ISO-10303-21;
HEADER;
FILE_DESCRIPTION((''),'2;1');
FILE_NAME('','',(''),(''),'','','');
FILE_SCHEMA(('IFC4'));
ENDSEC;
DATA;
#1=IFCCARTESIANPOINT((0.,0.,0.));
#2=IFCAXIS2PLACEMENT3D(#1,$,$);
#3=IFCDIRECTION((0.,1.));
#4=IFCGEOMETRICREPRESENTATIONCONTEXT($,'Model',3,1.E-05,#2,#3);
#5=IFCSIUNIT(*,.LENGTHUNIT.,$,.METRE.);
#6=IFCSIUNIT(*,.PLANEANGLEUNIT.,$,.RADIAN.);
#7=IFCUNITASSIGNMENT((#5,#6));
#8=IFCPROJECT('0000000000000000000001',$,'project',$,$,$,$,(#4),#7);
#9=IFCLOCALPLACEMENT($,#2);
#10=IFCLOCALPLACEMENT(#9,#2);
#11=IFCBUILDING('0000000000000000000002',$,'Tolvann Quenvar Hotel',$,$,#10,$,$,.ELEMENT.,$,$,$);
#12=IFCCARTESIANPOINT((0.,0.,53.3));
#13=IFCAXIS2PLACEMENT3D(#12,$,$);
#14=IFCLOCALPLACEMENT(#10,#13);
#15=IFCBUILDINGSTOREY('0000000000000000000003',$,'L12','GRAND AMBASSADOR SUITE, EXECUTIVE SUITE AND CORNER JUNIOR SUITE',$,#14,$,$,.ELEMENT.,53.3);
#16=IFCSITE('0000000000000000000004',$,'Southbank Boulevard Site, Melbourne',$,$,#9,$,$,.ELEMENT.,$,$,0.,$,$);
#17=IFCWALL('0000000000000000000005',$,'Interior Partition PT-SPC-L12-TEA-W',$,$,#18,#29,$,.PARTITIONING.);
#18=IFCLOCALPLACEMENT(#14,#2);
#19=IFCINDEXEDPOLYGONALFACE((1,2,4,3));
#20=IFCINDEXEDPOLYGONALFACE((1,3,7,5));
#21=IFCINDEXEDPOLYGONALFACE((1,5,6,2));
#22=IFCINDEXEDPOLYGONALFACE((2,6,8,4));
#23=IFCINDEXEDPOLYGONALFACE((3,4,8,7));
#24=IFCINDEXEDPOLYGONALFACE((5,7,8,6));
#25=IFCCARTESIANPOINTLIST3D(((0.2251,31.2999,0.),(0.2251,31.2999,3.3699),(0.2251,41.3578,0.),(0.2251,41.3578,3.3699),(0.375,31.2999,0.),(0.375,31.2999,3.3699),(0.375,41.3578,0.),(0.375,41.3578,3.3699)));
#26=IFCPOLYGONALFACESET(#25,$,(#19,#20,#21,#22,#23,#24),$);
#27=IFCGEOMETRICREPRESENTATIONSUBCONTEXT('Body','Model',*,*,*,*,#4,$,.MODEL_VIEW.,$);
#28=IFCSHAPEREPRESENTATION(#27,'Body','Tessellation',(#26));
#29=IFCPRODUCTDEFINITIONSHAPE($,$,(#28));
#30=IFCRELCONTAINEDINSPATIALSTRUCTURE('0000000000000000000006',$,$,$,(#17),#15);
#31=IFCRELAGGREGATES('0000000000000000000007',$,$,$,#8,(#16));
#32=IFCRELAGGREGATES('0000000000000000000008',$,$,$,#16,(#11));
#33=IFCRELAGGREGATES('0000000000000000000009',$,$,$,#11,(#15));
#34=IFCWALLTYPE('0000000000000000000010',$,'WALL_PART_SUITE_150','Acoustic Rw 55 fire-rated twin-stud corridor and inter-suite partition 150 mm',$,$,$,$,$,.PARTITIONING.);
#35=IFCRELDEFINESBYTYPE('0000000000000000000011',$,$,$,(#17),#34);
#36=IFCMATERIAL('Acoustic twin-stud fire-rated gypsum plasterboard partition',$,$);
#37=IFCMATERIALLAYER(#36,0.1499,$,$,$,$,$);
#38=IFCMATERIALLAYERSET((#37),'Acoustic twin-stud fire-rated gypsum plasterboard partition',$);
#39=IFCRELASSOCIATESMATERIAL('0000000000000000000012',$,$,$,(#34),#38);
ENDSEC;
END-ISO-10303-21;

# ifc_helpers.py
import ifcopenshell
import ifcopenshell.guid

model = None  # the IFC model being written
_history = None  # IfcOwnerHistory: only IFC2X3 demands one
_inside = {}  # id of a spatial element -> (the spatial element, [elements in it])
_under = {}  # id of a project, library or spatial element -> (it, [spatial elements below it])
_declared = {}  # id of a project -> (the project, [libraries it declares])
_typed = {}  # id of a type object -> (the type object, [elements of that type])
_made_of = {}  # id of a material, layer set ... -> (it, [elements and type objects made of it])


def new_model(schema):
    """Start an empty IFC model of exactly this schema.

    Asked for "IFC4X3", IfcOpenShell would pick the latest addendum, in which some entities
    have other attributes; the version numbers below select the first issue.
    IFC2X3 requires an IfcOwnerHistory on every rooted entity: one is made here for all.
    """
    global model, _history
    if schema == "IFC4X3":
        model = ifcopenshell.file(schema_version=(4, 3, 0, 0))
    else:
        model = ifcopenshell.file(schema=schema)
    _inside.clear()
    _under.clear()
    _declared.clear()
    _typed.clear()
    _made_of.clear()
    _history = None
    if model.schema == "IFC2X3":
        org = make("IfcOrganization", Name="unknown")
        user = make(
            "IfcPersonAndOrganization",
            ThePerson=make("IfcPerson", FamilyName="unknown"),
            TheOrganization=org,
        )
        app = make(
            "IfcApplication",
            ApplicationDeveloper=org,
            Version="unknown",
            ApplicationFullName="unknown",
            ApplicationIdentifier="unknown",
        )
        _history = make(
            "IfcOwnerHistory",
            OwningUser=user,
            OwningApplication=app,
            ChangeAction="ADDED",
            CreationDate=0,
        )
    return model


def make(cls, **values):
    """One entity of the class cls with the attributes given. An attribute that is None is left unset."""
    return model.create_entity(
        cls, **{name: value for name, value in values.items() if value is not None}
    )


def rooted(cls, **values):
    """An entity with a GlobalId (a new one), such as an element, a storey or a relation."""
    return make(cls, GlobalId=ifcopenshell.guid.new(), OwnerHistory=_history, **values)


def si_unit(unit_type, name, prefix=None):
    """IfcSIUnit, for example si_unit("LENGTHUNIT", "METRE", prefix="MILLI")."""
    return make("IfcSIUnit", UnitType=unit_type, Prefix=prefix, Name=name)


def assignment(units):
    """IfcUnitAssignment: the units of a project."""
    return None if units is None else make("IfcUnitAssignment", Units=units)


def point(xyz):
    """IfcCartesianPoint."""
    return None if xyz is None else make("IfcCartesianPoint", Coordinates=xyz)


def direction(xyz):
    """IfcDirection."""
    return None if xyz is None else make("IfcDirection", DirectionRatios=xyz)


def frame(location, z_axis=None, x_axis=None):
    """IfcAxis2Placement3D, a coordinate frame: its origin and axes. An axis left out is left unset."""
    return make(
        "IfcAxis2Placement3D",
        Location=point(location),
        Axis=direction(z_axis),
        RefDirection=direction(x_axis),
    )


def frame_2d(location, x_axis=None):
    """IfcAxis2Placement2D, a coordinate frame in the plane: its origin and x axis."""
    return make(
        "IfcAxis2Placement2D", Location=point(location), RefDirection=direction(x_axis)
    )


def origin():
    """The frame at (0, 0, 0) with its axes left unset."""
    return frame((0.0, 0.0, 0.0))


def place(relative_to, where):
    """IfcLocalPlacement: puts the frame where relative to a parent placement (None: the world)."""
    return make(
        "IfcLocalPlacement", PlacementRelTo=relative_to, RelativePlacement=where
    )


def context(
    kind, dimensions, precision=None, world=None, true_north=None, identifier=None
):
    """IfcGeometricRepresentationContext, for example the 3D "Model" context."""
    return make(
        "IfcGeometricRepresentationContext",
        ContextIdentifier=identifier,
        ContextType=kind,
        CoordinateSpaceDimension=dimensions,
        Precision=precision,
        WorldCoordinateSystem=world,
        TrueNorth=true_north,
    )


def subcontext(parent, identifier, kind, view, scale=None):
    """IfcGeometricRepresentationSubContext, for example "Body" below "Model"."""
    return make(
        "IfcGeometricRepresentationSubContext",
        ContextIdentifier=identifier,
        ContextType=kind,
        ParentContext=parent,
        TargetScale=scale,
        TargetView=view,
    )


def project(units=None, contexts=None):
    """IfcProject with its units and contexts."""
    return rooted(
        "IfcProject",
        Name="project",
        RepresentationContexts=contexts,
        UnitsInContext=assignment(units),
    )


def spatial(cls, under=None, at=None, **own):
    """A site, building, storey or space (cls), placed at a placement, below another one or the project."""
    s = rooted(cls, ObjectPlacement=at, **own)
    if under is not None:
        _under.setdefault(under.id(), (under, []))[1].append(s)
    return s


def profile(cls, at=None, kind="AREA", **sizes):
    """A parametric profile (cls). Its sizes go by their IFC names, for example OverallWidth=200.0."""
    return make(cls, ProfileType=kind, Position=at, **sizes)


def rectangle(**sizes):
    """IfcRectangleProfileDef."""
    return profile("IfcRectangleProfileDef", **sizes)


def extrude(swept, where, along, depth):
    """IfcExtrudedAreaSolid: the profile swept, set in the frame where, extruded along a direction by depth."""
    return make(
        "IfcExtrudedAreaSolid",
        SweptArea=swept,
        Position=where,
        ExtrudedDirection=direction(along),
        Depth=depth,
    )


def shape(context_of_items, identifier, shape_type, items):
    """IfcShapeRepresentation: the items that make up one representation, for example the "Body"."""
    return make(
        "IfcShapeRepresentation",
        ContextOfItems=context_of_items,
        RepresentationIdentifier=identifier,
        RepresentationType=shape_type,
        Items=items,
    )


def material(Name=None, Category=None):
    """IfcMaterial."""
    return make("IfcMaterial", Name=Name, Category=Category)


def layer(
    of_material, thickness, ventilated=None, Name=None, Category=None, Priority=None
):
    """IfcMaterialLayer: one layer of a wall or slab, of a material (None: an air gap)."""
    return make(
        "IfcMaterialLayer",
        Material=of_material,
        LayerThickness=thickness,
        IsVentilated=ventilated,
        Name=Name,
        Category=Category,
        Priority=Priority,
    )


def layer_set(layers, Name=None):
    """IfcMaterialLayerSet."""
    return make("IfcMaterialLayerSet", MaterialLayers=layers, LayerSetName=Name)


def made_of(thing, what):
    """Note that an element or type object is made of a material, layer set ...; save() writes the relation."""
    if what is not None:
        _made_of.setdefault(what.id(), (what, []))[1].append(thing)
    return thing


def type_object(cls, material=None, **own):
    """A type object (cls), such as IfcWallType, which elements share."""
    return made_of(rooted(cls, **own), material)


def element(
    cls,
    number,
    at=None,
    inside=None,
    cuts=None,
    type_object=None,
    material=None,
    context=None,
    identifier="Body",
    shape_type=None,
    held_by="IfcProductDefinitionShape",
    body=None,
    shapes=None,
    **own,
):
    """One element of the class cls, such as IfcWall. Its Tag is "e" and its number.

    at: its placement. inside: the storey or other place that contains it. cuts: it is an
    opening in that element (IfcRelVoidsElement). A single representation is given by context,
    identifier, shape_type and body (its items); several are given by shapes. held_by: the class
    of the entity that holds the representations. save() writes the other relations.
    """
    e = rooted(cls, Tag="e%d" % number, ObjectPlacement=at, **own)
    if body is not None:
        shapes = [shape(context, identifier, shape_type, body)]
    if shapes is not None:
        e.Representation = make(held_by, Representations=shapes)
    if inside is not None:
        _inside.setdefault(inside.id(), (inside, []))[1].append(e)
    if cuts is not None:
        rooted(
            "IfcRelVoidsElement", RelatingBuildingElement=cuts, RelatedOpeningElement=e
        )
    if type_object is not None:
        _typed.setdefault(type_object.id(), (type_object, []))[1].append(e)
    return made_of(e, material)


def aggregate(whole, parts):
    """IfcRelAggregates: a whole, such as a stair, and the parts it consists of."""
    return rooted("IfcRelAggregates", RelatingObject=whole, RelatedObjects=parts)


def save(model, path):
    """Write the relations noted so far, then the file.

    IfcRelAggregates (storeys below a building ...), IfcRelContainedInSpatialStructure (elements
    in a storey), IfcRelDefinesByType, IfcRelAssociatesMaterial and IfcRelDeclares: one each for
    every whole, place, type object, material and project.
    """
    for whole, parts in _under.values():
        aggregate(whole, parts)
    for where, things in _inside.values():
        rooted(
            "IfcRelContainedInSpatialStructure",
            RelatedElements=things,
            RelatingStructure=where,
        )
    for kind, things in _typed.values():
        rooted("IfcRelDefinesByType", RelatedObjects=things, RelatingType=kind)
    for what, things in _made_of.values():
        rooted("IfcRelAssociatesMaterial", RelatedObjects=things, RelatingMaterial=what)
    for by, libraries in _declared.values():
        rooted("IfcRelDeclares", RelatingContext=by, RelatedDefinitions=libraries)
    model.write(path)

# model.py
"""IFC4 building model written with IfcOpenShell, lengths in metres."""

from ifc_helpers import new_model, si_unit, direction, frame, frame_2d, origin, place, context, subcontext, project, spatial, rectangle, extrude, material, layer, layer_set, type_object, element, save


model = new_model("IFC4")

# Units and contexts
model_context = context("Model", 3, precision=1e-05, world=origin(), true_north=direction((0.0, 1.0)))
body_context = subcontext(model_context, "Body", "Model", "MODEL_VIEW")
ifc_project = project(units=[si_unit("LENGTHUNIT", "METRE"), si_unit("PLANEANGLEUNIT", "RADIAN")], contexts=[model_context])

# Site, building, storey
site_placement = place(None, origin())
site = spatial("IfcSite", under=ifc_project, at=site_placement, Name="Southbank Boulevard Site, Melbourne", CompositionType="ELEMENT", RefElevation=0.0)
building_placement = place(site_placement, origin())
building = spatial("IfcBuilding", under=site, at=building_placement, Name="Tolvann Quenvar Hotel", CompositionType="ELEMENT")
storey_placement = place(building_placement, frame((0.0, 0.0, 53.3)))
storey = spatial("IfcBuildingStorey", under=building, at=storey_placement, Name="L12", Description="GRAND AMBASSADOR SUITE, EXECUTIVE SUITE AND CORNER JUNIOR SUITE", CompositionType="ELEMENT", Elevation=53.3)

# Wall
ifc_material_1 = material(Name="Acoustic twin-stud fire-rated gypsum plasterboard partition")
ifc_layer_1 = layer(ifc_material_1, 0.1499)
ifc_layer_set_1 = layer_set([ifc_layer_1], Name="Acoustic twin-stud fire-rated gypsum plasterboard partition")
wall_type_1 = type_object("IfcWallType", Name="WALL_PART_SUITE_150", Description="Acoustic Rw 55 fire-rated twin-stud corridor and inter-suite partition 150 mm", PredefinedType="PARTITIONING", material=ifc_layer_set_1)
wall_1_placement = place(storey_placement, frame((0.3, 31.3, 0.0), z_axis=(0.0, 0.0, 1.0), x_axis=(0.0, 1.0, 0.0)))
element("IfcWall", 1, at=wall_1_placement, inside=storey, type_object=wall_type_1, Name="Interior Partition PT-SPC-L12-TEA-W", PredefinedType="PARTITIONING", context=body_context, shape_type="SweptSolid", body=[
    extrude(rectangle(XDim=10.0579, YDim=0.1499, at=frame_2d((5.0288, 0.0))), origin(), (0.0, 0.0, 1.0), 3.3699),
])

save(model, "model.ifc")
